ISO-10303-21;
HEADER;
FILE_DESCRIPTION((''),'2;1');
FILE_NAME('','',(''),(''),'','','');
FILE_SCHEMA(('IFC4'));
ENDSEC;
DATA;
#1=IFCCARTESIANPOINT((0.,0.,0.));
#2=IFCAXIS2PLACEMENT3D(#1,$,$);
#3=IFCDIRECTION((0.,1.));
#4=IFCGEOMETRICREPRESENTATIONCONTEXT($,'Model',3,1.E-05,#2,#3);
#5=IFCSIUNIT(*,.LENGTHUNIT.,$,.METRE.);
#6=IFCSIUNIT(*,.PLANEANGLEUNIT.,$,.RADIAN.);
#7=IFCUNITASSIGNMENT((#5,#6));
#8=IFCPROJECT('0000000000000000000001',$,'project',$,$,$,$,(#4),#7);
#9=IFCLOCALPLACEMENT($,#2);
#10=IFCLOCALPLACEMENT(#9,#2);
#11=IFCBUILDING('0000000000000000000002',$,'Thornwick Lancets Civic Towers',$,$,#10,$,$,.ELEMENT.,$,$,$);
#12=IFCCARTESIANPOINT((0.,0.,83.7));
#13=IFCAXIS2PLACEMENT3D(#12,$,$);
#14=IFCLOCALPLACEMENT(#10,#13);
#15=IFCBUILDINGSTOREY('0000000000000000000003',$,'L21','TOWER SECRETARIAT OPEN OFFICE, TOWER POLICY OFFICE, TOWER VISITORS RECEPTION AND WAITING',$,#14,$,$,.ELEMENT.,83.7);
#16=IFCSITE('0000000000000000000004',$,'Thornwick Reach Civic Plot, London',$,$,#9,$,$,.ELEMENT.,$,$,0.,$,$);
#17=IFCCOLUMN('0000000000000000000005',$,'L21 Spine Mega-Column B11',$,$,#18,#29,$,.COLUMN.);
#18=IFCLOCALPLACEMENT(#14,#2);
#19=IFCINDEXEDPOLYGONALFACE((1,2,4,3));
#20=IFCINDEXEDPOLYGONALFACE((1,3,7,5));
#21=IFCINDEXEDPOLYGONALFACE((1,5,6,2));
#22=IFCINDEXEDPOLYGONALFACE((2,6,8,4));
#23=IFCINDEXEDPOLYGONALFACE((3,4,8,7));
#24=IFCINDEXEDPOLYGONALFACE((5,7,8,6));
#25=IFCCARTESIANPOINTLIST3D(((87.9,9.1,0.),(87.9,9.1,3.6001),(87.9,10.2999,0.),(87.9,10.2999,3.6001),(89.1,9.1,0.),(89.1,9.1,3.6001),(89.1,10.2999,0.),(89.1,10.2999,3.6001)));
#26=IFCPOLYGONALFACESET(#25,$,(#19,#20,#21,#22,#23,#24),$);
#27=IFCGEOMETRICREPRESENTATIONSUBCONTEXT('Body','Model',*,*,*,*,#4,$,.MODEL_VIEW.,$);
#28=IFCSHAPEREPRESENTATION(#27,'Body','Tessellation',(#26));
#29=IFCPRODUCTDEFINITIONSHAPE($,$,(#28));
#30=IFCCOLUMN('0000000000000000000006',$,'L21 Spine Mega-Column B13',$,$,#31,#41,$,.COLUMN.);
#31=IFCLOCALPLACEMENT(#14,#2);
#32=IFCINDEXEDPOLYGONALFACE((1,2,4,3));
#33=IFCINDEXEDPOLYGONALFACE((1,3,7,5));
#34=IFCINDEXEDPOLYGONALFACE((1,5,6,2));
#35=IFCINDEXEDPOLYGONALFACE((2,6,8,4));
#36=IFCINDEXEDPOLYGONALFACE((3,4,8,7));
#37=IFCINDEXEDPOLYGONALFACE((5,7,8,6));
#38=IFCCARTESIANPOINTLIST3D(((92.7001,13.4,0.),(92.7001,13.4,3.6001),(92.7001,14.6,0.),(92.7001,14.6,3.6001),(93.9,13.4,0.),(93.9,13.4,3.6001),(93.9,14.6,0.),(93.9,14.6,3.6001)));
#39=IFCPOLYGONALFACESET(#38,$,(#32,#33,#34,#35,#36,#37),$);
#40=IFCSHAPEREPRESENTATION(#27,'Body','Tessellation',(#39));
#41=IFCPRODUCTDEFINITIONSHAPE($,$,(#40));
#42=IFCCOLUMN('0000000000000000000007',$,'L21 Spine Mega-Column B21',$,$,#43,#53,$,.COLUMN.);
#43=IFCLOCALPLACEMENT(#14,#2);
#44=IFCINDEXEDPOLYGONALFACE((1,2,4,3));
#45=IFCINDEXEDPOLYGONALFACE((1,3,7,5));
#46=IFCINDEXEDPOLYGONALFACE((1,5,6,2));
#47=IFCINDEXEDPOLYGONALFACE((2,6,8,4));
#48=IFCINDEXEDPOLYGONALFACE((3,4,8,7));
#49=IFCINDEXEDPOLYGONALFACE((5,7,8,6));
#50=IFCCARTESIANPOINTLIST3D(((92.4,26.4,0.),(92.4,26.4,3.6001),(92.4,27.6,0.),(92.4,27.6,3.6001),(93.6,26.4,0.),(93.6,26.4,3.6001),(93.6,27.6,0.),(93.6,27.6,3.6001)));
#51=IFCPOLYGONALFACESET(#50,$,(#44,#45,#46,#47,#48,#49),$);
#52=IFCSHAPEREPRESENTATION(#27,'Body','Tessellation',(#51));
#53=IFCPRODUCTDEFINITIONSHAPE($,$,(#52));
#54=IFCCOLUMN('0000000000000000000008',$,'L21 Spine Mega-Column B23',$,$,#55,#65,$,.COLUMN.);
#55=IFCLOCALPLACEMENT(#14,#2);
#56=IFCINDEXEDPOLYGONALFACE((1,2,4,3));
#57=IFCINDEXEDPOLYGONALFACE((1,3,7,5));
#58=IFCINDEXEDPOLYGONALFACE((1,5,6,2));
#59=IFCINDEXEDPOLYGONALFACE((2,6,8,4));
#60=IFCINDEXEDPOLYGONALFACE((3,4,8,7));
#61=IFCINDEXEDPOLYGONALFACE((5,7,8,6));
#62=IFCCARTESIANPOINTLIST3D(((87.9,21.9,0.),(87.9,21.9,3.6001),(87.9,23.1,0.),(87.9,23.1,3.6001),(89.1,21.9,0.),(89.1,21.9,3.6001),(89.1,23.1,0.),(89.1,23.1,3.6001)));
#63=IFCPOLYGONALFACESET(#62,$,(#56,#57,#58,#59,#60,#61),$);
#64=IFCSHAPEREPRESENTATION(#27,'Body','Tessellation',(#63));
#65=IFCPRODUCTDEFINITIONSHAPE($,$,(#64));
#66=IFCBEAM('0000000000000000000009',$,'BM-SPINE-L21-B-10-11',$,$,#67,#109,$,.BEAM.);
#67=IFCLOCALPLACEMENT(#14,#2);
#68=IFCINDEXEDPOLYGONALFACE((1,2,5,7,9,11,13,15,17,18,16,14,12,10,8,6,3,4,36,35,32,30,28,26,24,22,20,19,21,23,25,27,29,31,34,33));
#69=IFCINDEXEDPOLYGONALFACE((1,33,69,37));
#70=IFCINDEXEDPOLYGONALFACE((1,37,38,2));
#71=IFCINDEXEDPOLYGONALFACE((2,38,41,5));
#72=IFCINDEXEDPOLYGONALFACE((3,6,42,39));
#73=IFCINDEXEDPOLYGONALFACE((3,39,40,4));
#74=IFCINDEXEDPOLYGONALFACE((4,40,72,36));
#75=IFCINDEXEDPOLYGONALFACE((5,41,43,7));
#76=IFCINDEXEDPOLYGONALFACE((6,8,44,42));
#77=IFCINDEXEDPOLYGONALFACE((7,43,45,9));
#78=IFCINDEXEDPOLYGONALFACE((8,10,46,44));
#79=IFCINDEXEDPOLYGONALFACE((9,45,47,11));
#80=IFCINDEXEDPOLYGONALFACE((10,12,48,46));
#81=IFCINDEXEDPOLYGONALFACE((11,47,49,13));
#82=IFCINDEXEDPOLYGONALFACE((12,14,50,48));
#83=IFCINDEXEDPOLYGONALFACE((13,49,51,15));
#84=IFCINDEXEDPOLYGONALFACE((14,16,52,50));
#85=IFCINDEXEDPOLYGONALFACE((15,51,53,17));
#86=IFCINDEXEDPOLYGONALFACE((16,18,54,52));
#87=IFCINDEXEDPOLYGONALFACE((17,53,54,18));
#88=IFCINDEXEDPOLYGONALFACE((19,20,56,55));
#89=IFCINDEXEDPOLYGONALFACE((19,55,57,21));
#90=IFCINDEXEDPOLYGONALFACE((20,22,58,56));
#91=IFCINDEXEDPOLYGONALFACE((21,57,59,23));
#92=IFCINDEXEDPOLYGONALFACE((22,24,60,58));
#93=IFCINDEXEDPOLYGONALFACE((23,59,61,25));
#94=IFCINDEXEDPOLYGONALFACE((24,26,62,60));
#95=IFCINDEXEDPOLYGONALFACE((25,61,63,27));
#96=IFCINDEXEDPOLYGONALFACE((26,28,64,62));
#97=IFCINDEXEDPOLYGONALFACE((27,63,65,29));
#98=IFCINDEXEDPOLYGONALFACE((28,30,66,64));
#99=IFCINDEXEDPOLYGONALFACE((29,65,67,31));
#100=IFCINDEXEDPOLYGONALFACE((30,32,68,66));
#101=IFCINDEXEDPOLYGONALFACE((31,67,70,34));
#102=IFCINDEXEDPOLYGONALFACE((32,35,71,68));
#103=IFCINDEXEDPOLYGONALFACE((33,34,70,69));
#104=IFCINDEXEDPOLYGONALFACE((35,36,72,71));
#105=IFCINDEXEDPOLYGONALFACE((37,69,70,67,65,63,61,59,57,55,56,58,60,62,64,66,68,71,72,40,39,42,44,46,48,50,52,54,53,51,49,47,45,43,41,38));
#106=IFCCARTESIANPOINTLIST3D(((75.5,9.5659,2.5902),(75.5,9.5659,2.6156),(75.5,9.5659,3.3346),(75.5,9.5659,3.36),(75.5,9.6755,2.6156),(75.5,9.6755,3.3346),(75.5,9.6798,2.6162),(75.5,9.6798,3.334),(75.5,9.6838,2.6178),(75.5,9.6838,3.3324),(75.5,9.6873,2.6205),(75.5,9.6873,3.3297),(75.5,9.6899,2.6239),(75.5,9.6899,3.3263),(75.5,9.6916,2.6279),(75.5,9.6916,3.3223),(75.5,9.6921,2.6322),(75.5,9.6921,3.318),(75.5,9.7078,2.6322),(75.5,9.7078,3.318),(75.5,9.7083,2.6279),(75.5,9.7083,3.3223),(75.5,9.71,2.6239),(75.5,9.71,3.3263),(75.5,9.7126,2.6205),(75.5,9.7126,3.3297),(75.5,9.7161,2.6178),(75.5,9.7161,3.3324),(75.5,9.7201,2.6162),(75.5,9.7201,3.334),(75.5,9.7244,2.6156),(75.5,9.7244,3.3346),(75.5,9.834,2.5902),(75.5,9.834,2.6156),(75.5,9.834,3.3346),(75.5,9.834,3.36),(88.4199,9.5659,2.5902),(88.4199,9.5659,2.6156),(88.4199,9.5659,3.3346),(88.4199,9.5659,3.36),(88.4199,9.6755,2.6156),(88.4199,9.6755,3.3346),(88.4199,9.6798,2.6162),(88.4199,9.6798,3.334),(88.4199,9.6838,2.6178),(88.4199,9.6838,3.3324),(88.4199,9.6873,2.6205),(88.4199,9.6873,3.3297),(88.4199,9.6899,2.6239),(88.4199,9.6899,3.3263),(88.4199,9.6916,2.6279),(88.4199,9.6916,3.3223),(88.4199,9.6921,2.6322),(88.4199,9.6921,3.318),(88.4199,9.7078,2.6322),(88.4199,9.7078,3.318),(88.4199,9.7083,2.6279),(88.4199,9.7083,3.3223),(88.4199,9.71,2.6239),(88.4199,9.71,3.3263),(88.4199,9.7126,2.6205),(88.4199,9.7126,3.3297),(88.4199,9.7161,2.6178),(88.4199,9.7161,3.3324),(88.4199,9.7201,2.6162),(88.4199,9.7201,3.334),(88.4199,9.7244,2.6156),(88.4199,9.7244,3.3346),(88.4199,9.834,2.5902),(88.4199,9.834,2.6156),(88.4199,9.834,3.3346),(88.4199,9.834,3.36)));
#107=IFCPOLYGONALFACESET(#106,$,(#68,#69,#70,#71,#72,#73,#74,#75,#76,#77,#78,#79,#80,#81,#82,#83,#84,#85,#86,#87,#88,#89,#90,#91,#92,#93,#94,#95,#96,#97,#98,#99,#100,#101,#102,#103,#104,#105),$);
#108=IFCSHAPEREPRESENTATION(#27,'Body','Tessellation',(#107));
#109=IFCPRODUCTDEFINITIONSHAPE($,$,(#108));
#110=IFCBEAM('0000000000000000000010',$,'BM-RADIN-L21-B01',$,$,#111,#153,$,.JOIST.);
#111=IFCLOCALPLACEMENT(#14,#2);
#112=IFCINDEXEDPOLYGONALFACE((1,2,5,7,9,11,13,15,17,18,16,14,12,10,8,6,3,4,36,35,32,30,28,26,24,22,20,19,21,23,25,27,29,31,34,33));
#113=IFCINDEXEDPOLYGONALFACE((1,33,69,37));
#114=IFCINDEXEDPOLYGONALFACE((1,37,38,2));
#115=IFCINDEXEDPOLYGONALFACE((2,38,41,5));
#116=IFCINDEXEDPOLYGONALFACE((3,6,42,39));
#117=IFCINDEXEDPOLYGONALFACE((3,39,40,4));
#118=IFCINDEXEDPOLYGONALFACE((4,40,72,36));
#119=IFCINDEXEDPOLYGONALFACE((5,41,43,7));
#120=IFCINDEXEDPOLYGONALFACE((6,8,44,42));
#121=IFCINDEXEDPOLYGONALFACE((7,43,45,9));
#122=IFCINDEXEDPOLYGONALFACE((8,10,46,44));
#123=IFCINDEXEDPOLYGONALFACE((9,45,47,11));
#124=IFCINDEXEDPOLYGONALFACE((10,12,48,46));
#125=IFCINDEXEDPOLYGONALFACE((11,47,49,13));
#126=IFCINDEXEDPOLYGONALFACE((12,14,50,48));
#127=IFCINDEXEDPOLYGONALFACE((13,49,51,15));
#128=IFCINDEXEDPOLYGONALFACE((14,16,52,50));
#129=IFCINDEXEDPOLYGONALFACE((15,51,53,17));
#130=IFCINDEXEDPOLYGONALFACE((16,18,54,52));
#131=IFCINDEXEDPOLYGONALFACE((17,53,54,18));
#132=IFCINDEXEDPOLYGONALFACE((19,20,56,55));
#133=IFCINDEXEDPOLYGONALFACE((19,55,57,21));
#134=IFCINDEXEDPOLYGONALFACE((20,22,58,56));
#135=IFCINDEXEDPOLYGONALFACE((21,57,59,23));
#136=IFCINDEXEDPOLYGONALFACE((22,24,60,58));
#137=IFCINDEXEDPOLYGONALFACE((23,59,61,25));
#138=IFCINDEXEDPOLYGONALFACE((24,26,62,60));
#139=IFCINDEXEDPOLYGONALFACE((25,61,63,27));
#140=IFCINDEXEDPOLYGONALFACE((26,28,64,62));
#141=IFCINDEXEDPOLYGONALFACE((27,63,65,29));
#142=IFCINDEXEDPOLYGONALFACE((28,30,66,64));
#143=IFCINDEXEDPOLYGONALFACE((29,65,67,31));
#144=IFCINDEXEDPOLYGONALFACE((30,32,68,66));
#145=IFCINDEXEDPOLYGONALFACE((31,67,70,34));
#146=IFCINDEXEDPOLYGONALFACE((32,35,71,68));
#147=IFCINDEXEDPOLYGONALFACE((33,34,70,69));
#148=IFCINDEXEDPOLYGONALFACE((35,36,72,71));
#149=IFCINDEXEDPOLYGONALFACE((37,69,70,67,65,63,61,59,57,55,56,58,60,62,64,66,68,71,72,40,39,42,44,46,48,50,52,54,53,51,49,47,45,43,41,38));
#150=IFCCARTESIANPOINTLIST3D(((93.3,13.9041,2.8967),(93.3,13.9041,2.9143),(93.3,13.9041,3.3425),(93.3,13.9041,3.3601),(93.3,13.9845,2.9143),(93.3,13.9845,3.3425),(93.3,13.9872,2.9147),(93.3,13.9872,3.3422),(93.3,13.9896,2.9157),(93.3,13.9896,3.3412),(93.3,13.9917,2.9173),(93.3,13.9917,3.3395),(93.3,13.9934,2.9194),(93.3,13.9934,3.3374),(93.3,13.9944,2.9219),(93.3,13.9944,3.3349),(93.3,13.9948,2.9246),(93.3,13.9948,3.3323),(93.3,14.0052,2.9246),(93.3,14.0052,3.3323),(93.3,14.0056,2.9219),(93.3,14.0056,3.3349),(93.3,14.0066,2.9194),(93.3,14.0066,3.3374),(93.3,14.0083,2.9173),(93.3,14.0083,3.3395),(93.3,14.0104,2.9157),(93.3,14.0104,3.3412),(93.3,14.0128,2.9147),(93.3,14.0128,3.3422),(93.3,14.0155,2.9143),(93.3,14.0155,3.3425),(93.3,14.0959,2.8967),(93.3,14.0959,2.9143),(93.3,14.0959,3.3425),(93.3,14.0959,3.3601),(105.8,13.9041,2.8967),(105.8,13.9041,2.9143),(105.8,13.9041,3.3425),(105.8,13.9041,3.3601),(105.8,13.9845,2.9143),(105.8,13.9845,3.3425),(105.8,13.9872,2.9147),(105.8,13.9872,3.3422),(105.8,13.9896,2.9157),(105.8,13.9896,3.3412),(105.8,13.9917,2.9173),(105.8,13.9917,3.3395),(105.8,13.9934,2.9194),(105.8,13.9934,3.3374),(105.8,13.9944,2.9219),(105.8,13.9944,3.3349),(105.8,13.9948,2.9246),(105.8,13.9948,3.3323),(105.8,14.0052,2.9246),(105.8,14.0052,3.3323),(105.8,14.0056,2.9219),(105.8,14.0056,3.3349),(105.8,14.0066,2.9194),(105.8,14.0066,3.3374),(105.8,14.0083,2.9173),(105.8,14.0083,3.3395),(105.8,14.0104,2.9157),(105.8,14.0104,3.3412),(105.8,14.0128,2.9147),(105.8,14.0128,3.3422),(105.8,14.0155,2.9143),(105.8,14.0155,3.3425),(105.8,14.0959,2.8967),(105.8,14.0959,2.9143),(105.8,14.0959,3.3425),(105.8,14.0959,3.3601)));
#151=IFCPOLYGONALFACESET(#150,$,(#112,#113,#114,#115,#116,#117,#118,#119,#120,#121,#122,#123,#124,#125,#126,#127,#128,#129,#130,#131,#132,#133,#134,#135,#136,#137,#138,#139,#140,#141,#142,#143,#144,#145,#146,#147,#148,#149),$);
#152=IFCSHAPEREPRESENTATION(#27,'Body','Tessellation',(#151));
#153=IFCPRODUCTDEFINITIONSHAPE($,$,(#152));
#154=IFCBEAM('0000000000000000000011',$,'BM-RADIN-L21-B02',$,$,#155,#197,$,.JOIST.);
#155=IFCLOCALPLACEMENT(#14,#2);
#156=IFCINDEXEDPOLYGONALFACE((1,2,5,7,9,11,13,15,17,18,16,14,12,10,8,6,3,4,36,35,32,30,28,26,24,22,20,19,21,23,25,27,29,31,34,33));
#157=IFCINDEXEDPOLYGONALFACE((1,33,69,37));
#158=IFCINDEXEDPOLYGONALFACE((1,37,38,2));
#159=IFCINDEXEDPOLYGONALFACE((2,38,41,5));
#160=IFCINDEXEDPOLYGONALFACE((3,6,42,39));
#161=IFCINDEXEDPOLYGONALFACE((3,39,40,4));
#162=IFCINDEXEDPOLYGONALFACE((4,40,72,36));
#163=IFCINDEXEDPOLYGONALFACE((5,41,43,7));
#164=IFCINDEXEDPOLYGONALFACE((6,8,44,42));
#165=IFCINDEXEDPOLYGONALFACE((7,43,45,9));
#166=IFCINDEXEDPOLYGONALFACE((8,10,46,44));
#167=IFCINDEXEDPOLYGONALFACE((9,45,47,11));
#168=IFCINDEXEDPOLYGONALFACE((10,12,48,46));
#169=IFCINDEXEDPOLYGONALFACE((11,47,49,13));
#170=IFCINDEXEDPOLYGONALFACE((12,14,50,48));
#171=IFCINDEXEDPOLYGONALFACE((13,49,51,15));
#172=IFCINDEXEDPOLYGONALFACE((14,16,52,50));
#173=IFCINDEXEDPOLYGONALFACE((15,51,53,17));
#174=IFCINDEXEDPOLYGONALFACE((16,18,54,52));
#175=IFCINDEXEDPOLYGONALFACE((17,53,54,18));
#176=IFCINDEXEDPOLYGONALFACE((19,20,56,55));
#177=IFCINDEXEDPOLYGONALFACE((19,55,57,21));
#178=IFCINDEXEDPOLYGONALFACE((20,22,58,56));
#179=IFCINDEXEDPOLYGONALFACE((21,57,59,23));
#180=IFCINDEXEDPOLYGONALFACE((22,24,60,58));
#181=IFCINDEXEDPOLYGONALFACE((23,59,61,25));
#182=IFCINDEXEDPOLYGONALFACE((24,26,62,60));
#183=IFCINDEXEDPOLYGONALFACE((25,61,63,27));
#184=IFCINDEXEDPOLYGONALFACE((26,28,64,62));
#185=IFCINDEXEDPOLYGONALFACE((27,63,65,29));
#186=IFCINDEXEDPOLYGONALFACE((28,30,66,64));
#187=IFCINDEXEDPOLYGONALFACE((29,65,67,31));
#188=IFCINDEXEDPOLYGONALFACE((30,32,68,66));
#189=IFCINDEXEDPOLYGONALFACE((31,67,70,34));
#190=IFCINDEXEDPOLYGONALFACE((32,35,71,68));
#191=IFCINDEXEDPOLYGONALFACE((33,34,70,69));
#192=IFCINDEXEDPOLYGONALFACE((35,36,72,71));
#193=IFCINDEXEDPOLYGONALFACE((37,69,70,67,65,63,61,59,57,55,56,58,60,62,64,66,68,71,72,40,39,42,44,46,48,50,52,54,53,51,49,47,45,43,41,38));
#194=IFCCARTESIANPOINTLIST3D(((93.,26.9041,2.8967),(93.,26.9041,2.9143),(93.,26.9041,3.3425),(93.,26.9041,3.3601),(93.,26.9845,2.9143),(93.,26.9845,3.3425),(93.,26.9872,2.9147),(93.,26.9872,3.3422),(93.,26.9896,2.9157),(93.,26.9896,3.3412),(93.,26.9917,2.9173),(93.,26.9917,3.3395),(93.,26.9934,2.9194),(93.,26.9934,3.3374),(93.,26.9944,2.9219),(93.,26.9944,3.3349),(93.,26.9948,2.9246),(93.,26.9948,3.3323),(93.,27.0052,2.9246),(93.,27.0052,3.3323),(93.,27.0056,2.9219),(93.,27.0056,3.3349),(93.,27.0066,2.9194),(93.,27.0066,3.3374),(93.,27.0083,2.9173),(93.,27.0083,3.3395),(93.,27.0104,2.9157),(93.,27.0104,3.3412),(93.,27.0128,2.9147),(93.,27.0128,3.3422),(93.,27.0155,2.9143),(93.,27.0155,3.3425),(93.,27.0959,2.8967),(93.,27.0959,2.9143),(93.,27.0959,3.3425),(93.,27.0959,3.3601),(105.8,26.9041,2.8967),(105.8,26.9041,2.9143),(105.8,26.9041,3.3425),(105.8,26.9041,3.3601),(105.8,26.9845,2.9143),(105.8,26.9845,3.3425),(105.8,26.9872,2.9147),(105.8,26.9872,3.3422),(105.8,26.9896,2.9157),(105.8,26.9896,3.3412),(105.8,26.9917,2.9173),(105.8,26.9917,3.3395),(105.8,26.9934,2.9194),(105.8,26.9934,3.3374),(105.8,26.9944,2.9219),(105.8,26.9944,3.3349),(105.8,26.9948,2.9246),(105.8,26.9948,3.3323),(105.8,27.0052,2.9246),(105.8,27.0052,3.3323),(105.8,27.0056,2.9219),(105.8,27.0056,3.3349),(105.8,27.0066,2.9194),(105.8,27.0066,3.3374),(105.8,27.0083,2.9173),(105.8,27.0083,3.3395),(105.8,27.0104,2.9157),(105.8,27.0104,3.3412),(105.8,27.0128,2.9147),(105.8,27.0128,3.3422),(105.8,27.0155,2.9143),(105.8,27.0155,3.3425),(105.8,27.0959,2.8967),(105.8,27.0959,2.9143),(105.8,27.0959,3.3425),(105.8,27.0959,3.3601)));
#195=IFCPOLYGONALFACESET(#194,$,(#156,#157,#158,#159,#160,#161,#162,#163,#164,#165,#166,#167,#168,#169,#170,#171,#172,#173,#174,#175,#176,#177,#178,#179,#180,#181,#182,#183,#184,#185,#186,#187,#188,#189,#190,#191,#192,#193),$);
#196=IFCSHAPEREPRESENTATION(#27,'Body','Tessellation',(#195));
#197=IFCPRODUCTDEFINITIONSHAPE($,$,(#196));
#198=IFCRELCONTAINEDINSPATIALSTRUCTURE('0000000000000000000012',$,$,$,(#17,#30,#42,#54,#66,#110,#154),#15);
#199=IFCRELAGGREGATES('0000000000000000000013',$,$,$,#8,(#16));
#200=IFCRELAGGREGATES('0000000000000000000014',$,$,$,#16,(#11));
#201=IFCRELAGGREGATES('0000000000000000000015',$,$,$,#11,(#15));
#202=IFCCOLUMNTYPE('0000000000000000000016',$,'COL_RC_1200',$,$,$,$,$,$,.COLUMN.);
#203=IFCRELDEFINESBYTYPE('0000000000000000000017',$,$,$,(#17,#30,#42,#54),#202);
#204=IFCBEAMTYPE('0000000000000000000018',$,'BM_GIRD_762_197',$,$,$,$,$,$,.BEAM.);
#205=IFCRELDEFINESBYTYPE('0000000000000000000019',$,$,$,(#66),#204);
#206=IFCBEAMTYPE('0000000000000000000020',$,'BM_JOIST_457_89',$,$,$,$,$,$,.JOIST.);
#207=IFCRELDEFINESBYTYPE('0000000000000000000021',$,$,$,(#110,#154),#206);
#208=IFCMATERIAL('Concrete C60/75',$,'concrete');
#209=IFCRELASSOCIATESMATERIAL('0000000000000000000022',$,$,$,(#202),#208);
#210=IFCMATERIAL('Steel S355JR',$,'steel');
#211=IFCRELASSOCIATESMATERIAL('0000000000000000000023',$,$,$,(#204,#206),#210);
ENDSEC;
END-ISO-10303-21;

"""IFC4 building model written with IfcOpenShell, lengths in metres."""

from ifc_helpers import new_model, si_unit, direction, frame, origin, origin_2d, place, context, subcontext, project, spatial, rectangle, i_section, extrude, material, material_profile, profile_set, type_object, element, save


model = new_model("IFC4")

# Units and contexts
model_context = context("Model", 3, precision=1e-05, world=origin(), true_north=direction((0.0, 1.0)))
body_context = subcontext(model_context, "Body", "Model", "MODEL_VIEW")
ifc_project = project(units=[si_unit("LENGTHUNIT", "METRE"), si_unit("PLANEANGLEUNIT", "RADIAN")], contexts=[model_context])

# Site, building, storey
site_placement = place(None, origin())
site = spatial("IfcSite", under=ifc_project, at=site_placement, Name="Thornwick Reach Civic Plot, London", CompositionType="ELEMENT", RefElevation=0.0)
building_placement = place(site_placement, origin())
building = spatial("IfcBuilding", under=site, at=building_placement, Name="Thornwick Lancets Civic Towers", CompositionType="ELEMENT")
storey_placement = place(building_placement, frame((0.0, 0.0, 83.7)))
storey = spatial("IfcBuildingStorey", under=building, at=storey_placement, Name="L21", Description="TOWER SECRETARIAT OPEN OFFICE, TOWER POLICY OFFICE, TOWER VISITORS RECEPTION AND WAITING", CompositionType="ELEMENT", Elevation=83.7)

# Columns
ifc_material_1 = material(Name="Concrete C60/75", Category="concrete")
ifc_material_profile_1 = material_profile(ifc_material_1, rectangle(XDim=1.2, YDim=1.2, at=origin_2d()), Name="RC 1200x1200")
ifc_profile_set_1 = profile_set([ifc_material_profile_1], Name="Concrete C60/75")
column_type = type_object("IfcColumnType", Name="COL_RC_1200", PredefinedType="COLUMN", material=ifc_profile_set_1)
for number, where, z_axis, x_axis, name in (
    (1, (88.5, 9.7, 0.0), (0.0, 0.0, 1.0), (1.0, 0.0, 0.0), "L21 Spine Mega-Column B11"),
    (2, (93.3, 14.0, 0.0), (0.0, 0.0, 1.0), (1.0, 0.0, 0.0), "L21 Spine Mega-Column B13"),
    (3, (93.0, 27.0, 0.0), (0.0, 0.0, 1.0), (1.0, 0.0, 0.0), "L21 Spine Mega-Column B21"),
    (4, (88.5, 22.5, 0.0), (0.0, 0.0, 1.0), (1.0, 0.0, 0.0), "L21 Spine Mega-Column B23"),
):
    element("IfcColumn", number, at=place(storey_placement, frame(where, z_axis=z_axis, x_axis=x_axis)), inside=storey, type_object=column_type, Name=name, PredefinedType="COLUMN", context=body_context, shape_type="SweptSolid", body=[
        extrude(rectangle(XDim=1.2, YDim=1.2, at=origin_2d()), origin(), (0.0, 0.0, 1.0), 3.6001),
    ])

# Beams
ifc_material_2 = material(Name="Steel S355JR", Category="steel")
ifc_material_profile_2 = material_profile(ifc_material_2, i_section(OverallWidth=0.2681, OverallDepth=0.7698, WebThickness=0.0156, FlangeThickness=0.0254, FilletRadius=0.0166, at=origin_2d()), Name="UKB 762x267x197")
ifc_profile_set_2 = profile_set([ifc_material_profile_2], Name="Steel S355JR")
beam_type_1 = type_object("IfcBeamType", Name="BM_GIRD_762_197", PredefinedType="BEAM", material=ifc_profile_set_2)
beam_1_placement = place(storey_placement, frame((88.4199, 9.7, 2.9751), z_axis=(-1.0, 0.0, 0.0), x_axis=(0.0, -1.0, 0.0)))
element("IfcBeam", 5, at=beam_1_placement, inside=storey, type_object=beam_type_1, Name="BM-SPINE-L21-B-10-11", PredefinedType="BEAM", context=body_context, shape_type="SweptSolid", body=[
    extrude(i_section(OverallWidth=0.2681, OverallDepth=0.7698, WebThickness=0.0156, FlangeThickness=0.0254, FilletRadius=0.0166, at=origin_2d()), origin(), (0.0, 0.0, 1.0), 12.9199),
])
ifc_material_profile_3 = material_profile(ifc_material_2, i_section(OverallWidth=0.1919, OverallDepth=0.4634, WebThickness=0.0105, FlangeThickness=0.0176, FilletRadius=0.0103, at=origin_2d()), Name="UKB 457x191x89")
ifc_profile_set_3 = profile_set([ifc_material_profile_3], Name="Steel S355JR")
beam_type_2 = type_object("IfcBeamType", Name="BM_JOIST_457_89", PredefinedType="JOIST", material=ifc_profile_set_3)
beam_2_placement = place(storey_placement, frame((93.3, 14.0, 3.1284), z_axis=(1.0, 0.0, 0.0), x_axis=(0.0, 1.0, 0.0)))
element("IfcBeam", 6, at=beam_2_placement, inside=storey, type_object=beam_type_2, Name="BM-RADIN-L21-B01", PredefinedType="JOIST", context=body_context, shape_type="SweptSolid", body=[
    extrude(i_section(OverallWidth=0.1919, OverallDepth=0.4634, WebThickness=0.0105, FlangeThickness=0.0176, FilletRadius=0.0103, at=origin_2d()), origin(), (0.0, 0.0, 1.0), 12.5),
])
for number, where, z_axis, x_axis, name in (
    (7, (93.0, 27.0, 3.1284), (1.0, 0.0, 0.0), (0.0, 1.0, 0.0), "BM-RADIN-L21-B02"),
):
    element("IfcBeam", number, at=place(storey_placement, frame(where, z_axis=z_axis, x_axis=x_axis)), inside=storey, type_object=beam_type_2, Name=name, PredefinedType="JOIST", context=body_context, shape_type="SweptSolid", body=[
        extrude(i_section(OverallWidth=0.1919, OverallDepth=0.4634, WebThickness=0.0105, FlangeThickness=0.0176, FilletRadius=0.0103, at=origin_2d()), origin(), (0.0, 0.0, 1.0), 12.8),
    ])

save(model, "model.ifc")
